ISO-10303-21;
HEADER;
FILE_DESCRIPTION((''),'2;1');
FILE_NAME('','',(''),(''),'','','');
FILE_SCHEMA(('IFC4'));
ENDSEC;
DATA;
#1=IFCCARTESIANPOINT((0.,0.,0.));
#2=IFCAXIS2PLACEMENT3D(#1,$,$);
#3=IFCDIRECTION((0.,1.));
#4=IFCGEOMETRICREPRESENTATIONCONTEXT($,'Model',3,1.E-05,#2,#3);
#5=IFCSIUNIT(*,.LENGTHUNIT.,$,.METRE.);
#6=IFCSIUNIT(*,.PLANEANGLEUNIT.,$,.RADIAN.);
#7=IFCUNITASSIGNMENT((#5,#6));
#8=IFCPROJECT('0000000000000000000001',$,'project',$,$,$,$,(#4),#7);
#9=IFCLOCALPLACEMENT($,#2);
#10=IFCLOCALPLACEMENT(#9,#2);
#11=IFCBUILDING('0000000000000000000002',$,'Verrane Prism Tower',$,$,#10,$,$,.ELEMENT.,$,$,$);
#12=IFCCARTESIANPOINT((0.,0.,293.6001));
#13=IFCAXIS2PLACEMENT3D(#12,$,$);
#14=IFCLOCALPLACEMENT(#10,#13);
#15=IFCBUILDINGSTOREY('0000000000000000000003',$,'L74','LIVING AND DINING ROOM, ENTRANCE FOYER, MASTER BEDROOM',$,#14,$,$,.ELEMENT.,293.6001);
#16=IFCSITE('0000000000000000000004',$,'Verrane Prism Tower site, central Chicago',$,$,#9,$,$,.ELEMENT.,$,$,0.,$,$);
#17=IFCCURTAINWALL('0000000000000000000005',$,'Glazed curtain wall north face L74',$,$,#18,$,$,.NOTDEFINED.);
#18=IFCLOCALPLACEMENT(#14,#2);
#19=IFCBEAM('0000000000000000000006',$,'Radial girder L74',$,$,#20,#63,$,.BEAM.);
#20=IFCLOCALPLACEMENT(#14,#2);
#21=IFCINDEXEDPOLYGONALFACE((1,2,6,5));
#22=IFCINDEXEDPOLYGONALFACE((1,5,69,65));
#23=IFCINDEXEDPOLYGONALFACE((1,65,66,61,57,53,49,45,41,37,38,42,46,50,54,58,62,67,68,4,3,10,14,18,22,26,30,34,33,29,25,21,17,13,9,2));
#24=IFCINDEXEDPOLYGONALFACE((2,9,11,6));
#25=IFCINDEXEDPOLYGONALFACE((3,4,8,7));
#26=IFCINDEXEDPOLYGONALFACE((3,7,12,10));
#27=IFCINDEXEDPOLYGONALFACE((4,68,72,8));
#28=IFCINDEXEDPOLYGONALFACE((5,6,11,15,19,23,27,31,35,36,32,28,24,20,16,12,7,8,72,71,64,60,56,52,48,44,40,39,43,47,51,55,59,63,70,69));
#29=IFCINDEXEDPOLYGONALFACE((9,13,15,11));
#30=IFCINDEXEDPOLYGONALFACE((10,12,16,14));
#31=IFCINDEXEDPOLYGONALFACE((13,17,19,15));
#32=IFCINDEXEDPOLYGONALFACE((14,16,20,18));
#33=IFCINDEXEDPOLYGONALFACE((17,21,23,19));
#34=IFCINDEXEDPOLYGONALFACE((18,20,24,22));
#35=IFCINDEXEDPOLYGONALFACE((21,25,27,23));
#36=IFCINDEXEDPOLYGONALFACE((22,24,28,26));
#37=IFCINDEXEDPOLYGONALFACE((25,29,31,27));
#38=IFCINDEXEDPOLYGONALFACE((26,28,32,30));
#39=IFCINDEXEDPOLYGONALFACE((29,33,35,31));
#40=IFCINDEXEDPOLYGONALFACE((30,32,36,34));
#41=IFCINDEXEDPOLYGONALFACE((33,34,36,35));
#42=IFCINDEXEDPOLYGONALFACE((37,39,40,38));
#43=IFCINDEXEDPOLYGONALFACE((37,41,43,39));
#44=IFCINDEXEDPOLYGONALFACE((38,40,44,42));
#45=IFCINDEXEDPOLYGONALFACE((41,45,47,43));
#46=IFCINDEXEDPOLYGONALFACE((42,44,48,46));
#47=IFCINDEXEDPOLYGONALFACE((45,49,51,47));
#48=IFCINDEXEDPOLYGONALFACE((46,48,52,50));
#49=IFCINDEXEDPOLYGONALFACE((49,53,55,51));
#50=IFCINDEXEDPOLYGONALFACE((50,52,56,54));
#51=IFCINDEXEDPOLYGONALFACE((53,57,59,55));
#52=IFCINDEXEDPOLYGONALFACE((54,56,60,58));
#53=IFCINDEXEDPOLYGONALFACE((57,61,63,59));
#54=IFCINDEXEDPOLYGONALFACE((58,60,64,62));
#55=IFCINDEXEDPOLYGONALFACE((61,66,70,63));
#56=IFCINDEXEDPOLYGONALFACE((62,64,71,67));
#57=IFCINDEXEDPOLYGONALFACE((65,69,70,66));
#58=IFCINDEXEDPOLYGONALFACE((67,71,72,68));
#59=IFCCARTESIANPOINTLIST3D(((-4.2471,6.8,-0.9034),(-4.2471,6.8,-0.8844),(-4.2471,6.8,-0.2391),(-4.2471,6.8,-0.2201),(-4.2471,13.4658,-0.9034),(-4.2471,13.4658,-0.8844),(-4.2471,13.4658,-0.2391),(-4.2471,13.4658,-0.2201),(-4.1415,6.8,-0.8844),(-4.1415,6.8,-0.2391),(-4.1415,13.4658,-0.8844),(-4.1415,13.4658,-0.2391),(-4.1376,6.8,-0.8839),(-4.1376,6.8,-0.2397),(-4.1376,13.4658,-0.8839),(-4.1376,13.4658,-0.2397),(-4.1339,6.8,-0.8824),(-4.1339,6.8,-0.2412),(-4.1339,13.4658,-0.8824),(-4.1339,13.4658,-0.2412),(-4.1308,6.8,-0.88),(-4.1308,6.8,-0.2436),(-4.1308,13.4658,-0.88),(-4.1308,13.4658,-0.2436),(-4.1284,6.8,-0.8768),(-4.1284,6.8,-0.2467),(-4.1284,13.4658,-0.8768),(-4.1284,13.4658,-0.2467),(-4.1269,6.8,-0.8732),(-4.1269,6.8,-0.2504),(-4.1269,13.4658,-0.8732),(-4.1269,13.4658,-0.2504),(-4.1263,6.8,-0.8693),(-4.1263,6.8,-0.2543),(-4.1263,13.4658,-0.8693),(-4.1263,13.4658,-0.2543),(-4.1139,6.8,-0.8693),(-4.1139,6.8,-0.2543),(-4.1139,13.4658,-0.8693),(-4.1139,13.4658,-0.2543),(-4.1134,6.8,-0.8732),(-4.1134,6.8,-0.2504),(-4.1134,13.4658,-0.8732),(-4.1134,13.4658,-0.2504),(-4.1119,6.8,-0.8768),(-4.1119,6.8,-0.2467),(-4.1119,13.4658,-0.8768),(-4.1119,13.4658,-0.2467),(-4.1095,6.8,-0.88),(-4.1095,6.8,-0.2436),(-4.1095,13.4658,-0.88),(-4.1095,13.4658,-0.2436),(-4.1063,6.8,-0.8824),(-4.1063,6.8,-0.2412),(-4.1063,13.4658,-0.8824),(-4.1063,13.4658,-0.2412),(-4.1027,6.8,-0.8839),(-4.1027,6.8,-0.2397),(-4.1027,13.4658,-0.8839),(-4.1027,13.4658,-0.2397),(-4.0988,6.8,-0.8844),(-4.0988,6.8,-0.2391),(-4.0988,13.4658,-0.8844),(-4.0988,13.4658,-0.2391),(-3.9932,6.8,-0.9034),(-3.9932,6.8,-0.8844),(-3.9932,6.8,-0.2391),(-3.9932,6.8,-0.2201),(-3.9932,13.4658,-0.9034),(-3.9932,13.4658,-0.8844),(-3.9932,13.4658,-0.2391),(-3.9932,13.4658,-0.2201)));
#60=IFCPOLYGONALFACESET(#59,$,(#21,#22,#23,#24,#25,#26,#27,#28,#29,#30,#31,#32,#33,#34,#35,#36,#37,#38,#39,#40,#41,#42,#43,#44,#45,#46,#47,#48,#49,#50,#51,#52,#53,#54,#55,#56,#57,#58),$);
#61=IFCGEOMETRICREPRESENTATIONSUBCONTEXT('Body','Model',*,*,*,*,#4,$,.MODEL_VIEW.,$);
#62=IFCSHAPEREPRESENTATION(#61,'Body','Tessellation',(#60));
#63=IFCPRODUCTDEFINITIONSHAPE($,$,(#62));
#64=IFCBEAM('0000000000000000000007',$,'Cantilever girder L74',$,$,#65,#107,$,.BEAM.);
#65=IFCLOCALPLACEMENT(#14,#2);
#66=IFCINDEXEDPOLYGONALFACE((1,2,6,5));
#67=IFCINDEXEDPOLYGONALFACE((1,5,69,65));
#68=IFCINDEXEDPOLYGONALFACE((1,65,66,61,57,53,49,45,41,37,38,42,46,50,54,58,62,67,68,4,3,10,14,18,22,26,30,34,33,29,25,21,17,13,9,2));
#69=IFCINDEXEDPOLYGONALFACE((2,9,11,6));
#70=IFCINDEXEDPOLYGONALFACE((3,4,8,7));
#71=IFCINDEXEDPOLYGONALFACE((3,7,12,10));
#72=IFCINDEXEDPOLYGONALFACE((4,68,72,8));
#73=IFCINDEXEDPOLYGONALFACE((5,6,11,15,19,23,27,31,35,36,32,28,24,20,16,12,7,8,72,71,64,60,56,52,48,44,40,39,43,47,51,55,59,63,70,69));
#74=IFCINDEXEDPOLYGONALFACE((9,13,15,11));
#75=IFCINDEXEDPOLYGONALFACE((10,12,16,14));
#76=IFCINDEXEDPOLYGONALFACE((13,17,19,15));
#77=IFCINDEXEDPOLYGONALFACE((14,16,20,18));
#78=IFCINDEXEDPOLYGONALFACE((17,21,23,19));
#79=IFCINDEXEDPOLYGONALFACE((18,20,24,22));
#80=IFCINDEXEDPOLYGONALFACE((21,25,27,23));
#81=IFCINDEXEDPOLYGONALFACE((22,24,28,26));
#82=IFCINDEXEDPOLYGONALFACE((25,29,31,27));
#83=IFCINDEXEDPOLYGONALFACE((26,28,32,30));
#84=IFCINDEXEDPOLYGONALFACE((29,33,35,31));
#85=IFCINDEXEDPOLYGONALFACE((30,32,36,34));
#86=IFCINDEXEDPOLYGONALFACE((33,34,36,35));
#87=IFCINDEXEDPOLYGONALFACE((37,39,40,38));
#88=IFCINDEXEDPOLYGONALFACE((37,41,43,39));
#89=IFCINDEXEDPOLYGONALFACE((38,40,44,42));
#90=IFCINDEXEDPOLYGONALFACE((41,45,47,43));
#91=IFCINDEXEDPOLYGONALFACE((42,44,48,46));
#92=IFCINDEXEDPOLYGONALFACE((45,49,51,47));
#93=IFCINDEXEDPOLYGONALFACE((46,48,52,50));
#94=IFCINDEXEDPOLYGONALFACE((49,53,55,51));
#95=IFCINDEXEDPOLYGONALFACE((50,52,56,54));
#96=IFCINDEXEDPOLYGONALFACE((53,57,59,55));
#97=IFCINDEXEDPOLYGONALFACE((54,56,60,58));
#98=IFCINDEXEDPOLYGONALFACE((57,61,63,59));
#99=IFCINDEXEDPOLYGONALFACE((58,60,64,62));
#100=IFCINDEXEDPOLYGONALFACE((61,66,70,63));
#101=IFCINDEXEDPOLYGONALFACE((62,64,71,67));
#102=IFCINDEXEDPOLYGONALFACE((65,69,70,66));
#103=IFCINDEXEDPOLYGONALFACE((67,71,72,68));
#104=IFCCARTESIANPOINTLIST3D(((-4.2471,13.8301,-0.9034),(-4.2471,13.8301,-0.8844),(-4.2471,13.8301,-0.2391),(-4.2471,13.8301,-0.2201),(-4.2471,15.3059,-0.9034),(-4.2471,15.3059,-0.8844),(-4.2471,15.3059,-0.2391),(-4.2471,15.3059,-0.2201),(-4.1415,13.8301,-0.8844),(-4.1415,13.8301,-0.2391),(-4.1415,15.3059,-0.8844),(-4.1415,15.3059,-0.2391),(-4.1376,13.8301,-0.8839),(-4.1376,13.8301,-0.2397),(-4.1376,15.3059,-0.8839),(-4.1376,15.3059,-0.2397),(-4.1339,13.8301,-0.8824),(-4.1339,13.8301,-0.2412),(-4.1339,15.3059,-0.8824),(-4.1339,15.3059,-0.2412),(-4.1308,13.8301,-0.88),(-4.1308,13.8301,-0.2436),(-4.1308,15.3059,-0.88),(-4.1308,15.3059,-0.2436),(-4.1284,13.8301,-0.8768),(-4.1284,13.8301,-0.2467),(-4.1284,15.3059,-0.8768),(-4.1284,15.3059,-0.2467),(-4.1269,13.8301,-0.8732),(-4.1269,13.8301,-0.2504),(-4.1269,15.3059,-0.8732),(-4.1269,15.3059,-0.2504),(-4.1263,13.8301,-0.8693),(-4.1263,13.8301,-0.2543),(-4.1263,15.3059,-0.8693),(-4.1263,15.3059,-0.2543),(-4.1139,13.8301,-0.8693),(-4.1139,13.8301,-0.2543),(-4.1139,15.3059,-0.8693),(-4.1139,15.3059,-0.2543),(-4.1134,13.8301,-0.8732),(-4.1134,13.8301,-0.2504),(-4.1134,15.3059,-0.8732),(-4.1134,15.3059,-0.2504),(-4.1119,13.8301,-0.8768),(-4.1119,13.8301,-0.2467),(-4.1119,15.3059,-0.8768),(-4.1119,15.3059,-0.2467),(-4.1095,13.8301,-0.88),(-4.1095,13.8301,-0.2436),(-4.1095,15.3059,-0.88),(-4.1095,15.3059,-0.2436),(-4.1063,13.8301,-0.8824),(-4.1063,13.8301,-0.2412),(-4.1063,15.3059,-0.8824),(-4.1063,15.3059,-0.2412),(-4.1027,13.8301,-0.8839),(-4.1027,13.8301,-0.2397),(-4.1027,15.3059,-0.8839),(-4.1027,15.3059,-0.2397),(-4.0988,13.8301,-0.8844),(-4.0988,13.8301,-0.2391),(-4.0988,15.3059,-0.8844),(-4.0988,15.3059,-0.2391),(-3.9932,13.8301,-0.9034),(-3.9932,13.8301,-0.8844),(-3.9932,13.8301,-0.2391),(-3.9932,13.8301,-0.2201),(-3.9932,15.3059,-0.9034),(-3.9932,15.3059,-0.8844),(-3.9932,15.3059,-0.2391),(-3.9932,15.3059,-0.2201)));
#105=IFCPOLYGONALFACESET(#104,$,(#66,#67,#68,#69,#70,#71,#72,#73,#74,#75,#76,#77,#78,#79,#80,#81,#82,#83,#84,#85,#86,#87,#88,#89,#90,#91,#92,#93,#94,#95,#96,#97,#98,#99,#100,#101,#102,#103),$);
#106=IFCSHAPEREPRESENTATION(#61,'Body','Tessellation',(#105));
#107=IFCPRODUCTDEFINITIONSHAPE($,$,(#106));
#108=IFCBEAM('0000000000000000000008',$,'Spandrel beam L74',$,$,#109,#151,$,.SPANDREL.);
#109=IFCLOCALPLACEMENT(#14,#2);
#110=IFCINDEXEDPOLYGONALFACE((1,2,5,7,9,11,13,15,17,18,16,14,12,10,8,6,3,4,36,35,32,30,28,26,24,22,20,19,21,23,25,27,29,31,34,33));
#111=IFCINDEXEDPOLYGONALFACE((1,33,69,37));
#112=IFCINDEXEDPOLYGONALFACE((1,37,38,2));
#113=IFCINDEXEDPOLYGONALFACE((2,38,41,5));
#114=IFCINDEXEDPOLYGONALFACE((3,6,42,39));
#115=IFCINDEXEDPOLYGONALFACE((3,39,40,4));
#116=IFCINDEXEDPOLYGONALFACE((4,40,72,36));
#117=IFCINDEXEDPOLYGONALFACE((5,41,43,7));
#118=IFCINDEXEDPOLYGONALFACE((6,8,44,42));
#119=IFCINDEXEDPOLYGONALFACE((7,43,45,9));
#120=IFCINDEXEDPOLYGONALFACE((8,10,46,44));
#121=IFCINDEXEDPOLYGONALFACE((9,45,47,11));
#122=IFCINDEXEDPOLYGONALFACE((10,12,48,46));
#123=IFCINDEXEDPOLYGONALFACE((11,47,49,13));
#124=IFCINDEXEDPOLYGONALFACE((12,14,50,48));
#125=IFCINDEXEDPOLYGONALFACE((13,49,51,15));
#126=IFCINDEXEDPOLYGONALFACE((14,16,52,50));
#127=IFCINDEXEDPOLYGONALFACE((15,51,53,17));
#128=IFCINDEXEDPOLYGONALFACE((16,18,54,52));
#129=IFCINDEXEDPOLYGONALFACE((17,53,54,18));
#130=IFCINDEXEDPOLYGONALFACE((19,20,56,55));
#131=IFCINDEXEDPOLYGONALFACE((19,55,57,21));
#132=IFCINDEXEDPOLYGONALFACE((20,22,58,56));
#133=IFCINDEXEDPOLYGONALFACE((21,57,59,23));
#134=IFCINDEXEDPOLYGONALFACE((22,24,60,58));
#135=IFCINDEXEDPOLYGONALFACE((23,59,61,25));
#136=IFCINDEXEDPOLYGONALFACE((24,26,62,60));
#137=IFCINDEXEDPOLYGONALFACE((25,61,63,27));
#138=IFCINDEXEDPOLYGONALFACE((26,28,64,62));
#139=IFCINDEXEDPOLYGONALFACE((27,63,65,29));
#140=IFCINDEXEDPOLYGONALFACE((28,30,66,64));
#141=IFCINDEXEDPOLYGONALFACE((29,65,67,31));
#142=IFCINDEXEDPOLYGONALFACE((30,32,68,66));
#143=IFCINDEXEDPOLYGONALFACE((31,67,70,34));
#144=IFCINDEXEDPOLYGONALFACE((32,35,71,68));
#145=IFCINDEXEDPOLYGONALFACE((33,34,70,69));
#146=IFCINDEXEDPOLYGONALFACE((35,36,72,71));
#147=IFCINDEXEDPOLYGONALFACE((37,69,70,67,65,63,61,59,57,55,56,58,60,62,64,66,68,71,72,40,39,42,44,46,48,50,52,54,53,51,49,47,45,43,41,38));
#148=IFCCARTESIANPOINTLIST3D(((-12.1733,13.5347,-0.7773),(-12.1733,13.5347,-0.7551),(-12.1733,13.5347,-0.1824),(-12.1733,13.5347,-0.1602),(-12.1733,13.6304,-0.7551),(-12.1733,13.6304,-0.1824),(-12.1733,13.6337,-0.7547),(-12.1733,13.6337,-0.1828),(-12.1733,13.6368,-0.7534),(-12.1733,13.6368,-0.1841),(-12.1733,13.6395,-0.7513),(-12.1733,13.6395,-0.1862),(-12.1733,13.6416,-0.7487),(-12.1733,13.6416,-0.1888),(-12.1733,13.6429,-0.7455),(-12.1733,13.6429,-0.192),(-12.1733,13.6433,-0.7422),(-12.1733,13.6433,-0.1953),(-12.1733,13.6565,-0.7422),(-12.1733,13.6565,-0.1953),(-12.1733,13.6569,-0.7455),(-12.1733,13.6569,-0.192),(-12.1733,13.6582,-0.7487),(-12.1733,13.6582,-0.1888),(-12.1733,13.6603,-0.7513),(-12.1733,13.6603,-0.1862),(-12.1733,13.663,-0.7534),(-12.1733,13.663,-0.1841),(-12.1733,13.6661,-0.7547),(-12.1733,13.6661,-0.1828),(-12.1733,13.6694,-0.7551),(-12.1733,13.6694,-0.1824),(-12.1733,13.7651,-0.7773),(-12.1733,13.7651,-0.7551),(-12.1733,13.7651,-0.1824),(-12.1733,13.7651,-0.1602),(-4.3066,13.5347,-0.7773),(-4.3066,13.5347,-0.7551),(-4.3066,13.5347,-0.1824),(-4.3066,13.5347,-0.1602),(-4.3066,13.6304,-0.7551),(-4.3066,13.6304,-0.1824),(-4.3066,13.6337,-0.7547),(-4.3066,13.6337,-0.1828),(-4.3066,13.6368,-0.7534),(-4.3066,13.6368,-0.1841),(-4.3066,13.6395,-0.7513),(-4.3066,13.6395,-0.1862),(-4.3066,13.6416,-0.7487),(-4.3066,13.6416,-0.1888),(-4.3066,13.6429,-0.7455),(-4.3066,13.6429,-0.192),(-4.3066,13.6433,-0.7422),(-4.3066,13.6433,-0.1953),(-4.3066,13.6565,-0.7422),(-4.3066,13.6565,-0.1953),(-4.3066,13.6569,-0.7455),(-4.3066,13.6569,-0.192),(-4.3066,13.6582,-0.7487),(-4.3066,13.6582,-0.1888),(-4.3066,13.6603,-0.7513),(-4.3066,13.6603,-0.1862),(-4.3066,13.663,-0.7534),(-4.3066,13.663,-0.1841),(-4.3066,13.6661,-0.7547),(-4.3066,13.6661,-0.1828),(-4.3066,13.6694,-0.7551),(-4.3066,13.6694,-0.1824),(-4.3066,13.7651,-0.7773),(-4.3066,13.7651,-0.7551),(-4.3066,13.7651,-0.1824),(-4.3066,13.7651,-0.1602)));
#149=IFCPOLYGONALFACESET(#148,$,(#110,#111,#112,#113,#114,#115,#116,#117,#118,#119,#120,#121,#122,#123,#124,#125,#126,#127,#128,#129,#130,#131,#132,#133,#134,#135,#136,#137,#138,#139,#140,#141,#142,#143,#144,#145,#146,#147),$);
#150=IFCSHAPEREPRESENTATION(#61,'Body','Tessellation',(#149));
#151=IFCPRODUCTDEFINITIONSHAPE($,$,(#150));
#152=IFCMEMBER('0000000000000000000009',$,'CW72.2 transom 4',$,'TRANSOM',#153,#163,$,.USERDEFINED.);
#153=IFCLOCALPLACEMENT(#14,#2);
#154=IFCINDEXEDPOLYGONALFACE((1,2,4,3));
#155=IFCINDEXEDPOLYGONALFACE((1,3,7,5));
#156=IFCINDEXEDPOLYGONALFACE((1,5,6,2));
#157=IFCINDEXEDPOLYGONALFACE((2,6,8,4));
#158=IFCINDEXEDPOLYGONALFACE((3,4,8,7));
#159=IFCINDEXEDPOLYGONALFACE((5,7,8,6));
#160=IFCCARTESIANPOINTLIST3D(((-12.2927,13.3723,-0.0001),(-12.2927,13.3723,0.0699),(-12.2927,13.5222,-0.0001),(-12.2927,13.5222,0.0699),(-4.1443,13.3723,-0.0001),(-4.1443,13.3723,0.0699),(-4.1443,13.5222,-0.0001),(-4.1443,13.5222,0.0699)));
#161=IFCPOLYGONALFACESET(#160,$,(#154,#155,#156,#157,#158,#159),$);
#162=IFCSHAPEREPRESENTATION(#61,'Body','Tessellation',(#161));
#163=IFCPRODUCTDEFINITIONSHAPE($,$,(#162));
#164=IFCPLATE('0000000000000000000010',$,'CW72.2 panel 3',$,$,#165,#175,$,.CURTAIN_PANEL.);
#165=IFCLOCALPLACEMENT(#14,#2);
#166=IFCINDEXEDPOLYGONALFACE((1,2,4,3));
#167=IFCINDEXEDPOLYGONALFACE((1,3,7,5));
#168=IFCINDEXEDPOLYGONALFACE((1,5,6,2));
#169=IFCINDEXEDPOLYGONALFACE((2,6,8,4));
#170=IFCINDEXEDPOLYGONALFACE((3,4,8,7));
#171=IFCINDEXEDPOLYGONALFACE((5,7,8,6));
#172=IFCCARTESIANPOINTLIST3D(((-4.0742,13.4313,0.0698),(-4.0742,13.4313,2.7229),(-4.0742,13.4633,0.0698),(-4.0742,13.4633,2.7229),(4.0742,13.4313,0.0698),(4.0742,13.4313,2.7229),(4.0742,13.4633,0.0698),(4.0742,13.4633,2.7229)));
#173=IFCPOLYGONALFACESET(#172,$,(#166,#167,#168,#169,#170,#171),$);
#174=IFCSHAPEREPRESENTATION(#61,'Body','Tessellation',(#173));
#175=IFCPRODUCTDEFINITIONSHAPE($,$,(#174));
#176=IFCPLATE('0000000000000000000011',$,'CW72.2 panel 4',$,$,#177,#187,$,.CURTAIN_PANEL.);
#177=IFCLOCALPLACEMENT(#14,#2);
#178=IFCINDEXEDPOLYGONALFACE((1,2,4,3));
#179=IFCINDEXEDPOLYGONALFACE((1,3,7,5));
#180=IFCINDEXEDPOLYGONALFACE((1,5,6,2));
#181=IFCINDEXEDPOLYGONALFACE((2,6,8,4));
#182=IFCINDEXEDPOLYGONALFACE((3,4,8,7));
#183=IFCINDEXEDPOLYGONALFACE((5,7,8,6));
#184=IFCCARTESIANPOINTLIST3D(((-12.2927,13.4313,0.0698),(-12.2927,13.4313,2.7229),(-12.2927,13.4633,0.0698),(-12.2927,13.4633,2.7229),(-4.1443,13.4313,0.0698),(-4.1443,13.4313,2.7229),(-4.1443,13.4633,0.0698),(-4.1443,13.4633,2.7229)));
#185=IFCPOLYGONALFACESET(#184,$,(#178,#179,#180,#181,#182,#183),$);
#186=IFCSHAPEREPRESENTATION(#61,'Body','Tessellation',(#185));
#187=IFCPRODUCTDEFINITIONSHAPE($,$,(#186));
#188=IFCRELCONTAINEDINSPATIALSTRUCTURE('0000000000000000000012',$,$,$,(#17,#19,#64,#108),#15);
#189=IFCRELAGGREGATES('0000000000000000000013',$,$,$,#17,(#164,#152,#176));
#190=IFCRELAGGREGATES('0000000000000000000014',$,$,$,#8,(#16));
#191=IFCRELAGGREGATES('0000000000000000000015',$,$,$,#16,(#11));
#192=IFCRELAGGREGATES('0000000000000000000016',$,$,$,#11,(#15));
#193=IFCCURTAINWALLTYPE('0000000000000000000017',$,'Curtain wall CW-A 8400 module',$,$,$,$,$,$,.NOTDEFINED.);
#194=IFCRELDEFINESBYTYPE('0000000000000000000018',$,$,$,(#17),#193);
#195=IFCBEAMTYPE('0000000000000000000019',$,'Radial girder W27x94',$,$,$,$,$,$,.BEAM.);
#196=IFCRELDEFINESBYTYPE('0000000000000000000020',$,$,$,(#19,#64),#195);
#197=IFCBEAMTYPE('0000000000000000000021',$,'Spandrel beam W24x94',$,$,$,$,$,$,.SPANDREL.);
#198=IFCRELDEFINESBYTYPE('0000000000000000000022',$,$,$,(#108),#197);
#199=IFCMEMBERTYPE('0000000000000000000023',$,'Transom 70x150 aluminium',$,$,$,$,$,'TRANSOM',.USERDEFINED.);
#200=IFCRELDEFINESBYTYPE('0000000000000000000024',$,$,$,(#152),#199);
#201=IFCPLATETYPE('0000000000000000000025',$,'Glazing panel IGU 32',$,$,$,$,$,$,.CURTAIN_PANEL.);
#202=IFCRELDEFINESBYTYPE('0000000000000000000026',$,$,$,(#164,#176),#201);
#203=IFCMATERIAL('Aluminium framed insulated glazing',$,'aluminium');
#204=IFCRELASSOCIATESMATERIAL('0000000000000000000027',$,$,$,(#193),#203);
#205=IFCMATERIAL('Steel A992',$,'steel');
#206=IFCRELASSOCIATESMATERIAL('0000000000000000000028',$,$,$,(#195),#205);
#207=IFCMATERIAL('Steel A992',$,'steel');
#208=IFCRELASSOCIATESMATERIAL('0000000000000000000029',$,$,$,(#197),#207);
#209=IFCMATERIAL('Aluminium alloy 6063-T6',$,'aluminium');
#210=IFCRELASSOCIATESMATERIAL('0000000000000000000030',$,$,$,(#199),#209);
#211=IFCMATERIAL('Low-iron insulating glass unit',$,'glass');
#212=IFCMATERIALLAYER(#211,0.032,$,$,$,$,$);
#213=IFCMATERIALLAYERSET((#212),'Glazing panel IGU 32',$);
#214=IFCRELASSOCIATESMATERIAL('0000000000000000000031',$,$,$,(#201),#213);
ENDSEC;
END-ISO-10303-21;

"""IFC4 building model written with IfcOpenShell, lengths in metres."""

from ifc_helpers import new_model, si_unit, direction, frame, origin, origin_2d, place, context, subcontext, project, spatial, rectangle, i_section, extrude, material, layer, layer_set, material_profile, profile_set, type_object, element, aggregate, save


model = new_model("IFC4")

# Units and contexts
model_context = context("Model", 3, precision=1e-05, world=origin(), true_north=direction((0.0, 1.0)))
body_context = subcontext(model_context, "Body", "Model", "MODEL_VIEW")
ifc_project = project(units=[si_unit("LENGTHUNIT", "METRE"), si_unit("PLANEANGLEUNIT", "RADIAN")], contexts=[model_context])

# Site, building, storey
site_placement = place(None, origin())
site = spatial("IfcSite", under=ifc_project, at=site_placement, Name="Verrane Prism Tower site, central Chicago", CompositionType="ELEMENT", RefElevation=0.0)
building_placement = place(site_placement, origin())
building = spatial("IfcBuilding", under=site, at=building_placement, Name="Verrane Prism Tower", CompositionType="ELEMENT")
storey_placement = place(building_placement, frame((0.0, 0.0, 293.6001)))
storey = spatial("IfcBuildingStorey", under=building, at=storey_placement, Name="L74", Description="LIVING AND DINING ROOM, ENTRANCE FOYER, MASTER BEDROOM", CompositionType="ELEMENT", Elevation=293.6001)

# Curtain wall
ifc_material_1 = material(Name="Aluminium framed insulated glazing", Category="aluminium")
curtain_wall_type = type_object("IfcCurtainWallType", Name="Curtain wall CW-A 8400 module", PredefinedType="NOTDEFINED", material=ifc_material_1)
curtain_wall_placement = place(storey_placement, origin())
curtain_wall = element("IfcCurtainWall", 1, at=curtain_wall_placement, inside=storey, type_object=curtain_wall_type, Name="Glazed curtain wall north face L74", PredefinedType="NOTDEFINED")

# Beams
ifc_material_2 = material(Name="Steel A992", Category="steel")
ifc_material_profile_1 = material_profile(ifc_material_2, i_section(OverallWidth=0.2539, OverallDepth=0.6833, WebThickness=0.0125, FlangeThickness=0.019, FilletRadius=0.0151, at=origin_2d()), Name="W27x94")
ifc_profile_set_1 = profile_set([ifc_material_profile_1], Name="Steel A992")
beam_type_1 = type_object("IfcBeamType", Name="Radial girder W27x94", PredefinedType="BEAM", material=ifc_profile_set_1)
beam_1_placement = place(storey_placement, frame((-4.1201, 13.4658, -0.5618), z_axis=(0.0, -1.0, 0.0), x_axis=(1.0, 0.0, 0.0)))
element("IfcBeam", 2, at=beam_1_placement, inside=storey, type_object=beam_type_1, Name="Radial girder L74", PredefinedType="BEAM", context=body_context, shape_type="SweptSolid", body=[
    extrude(i_section(OverallWidth=0.2539, OverallDepth=0.6833, WebThickness=0.0125, FlangeThickness=0.019, FilletRadius=0.0151, at=origin_2d()), origin(), (0.0, 0.0, 1.0), 6.6658),
])
beam_2_placement = place(storey_placement, frame((-4.1201, 13.8301, -0.5618), z_axis=(0.0, 1.0, 0.0), x_axis=(-1.0, 0.0, 0.0)))
element("IfcBeam", 3, at=beam_2_placement, inside=storey, type_object=beam_type_1, Name="Cantilever girder L74", PredefinedType="BEAM", context=body_context, shape_type="SweptSolid", body=[
    extrude(i_section(OverallWidth=0.2539, OverallDepth=0.6833, WebThickness=0.0125, FlangeThickness=0.019, FilletRadius=0.0151, at=origin_2d()), origin(), (0.0, 0.0, 1.0), 1.4758),
])
ifc_material_3 = material(Name="Steel A992", Category="steel")
ifc_material_profile_2 = material_profile(ifc_material_3, i_section(OverallWidth=0.2305, OverallDepth=0.6172, WebThickness=0.0132, FlangeThickness=0.0222, FilletRadius=0.0129, at=origin_2d()), Name="W24x94")
ifc_profile_set_2 = profile_set([ifc_material_profile_2], Name="Steel A992")
beam_type_2 = type_object("IfcBeamType", Name="Spandrel beam W24x94", PredefinedType="SPANDREL", material=ifc_profile_set_2)
beam_3_placement = place(storey_placement, frame((-4.3066, 13.6499, -0.4688), z_axis=(-1.0, 0.0, 0.0), x_axis=(0.0, -1.0, 0.0)))
element("IfcBeam", 4, at=beam_3_placement, inside=storey, type_object=beam_type_2, Name="Spandrel beam L74", PredefinedType="SPANDREL", context=body_context, shape_type="SweptSolid", body=[
    extrude(i_section(OverallWidth=0.2305, OverallDepth=0.6172, WebThickness=0.0132, FlangeThickness=0.0222, FilletRadius=0.0129, at=origin_2d()), origin(), (0.0, 0.0, 1.0), 7.8667),
])

# Member
ifc_material_4 = material(Name="Aluminium alloy 6063-T6", Category="aluminium")
ifc_material_profile_3 = material_profile(ifc_material_4, rectangle(XDim=0.1499, YDim=0.0701, at=origin_2d()), Name="Transom 70x150 aluminium")
ifc_profile_set_3 = profile_set([ifc_material_profile_3], Name="Aluminium alloy 6063-T6")
member_type_1 = type_object("IfcMemberType", Name="Transom 70x150 aluminium", ElementType="TRANSOM", PredefinedType="USERDEFINED", material=ifc_profile_set_3)
member_1_placement = place(storey_placement, frame((-4.1443, 13.4473, 0.0349), z_axis=(-1.0, 0.0, 0.0), x_axis=(0.0, -1.0, 0.0)))
member_1 = element("IfcMember", 5, at=member_1_placement, type_object=member_type_1, Name="CW72.2 transom 4", ObjectType="TRANSOM", PredefinedType="USERDEFINED", context=body_context, shape_type="SweptSolid", body=[
    extrude(rectangle(XDim=0.1499, YDim=0.0701, at=origin_2d()), origin(), (0.0, 0.0, 1.0), 8.1484),
])

# Plates
ifc_material_5 = material(Name="Low-iron insulating glass unit", Category="glass")
ifc_layer_1 = layer(ifc_material_5, 0.032)
ifc_layer_set_1 = layer_set([ifc_layer_1], Name="Glazing panel IGU 32")
plate_type = type_object("IfcPlateType", Name="Glazing panel IGU 32", PredefinedType="CURTAIN_PANEL", material=ifc_layer_set_1)
plate_1_placement = place(storey_placement, frame((0.0, 13.4473, 0.0698), z_axis=(0.0, 0.0, 1.0), x_axis=(-1.0, 0.0, 0.0)))
plate_1 = element("IfcPlate", 6, at=plate_1_placement, type_object=plate_type, Name="CW72.2 panel 3", PredefinedType="CURTAIN_PANEL", context=body_context, shape_type="SweptSolid", body=[
    extrude(rectangle(XDim=8.1484, YDim=0.032, at=origin_2d()), origin(), (0.0, 0.0, 1.0), 2.6531),
])
plate_2_placement = place(storey_placement, frame((-8.2185, 13.4473, 0.0698), z_axis=(0.0, 0.0, 1.0), x_axis=(-1.0, 0.0, 0.0)))
plate_2 = element("IfcPlate", 7, at=plate_2_placement, type_object=plate_type, Name="CW72.2 panel 4", PredefinedType="CURTAIN_PANEL", context=body_context, shape_type="SweptSolid", body=[
    extrude(rectangle(XDim=8.1484, YDim=0.032, at=origin_2d()), origin(), (0.0, 0.0, 1.0), 2.6531),
])
aggregate(curtain_wall, [plate_1, member_1, plate_2])

save(model, "model.ifc")
